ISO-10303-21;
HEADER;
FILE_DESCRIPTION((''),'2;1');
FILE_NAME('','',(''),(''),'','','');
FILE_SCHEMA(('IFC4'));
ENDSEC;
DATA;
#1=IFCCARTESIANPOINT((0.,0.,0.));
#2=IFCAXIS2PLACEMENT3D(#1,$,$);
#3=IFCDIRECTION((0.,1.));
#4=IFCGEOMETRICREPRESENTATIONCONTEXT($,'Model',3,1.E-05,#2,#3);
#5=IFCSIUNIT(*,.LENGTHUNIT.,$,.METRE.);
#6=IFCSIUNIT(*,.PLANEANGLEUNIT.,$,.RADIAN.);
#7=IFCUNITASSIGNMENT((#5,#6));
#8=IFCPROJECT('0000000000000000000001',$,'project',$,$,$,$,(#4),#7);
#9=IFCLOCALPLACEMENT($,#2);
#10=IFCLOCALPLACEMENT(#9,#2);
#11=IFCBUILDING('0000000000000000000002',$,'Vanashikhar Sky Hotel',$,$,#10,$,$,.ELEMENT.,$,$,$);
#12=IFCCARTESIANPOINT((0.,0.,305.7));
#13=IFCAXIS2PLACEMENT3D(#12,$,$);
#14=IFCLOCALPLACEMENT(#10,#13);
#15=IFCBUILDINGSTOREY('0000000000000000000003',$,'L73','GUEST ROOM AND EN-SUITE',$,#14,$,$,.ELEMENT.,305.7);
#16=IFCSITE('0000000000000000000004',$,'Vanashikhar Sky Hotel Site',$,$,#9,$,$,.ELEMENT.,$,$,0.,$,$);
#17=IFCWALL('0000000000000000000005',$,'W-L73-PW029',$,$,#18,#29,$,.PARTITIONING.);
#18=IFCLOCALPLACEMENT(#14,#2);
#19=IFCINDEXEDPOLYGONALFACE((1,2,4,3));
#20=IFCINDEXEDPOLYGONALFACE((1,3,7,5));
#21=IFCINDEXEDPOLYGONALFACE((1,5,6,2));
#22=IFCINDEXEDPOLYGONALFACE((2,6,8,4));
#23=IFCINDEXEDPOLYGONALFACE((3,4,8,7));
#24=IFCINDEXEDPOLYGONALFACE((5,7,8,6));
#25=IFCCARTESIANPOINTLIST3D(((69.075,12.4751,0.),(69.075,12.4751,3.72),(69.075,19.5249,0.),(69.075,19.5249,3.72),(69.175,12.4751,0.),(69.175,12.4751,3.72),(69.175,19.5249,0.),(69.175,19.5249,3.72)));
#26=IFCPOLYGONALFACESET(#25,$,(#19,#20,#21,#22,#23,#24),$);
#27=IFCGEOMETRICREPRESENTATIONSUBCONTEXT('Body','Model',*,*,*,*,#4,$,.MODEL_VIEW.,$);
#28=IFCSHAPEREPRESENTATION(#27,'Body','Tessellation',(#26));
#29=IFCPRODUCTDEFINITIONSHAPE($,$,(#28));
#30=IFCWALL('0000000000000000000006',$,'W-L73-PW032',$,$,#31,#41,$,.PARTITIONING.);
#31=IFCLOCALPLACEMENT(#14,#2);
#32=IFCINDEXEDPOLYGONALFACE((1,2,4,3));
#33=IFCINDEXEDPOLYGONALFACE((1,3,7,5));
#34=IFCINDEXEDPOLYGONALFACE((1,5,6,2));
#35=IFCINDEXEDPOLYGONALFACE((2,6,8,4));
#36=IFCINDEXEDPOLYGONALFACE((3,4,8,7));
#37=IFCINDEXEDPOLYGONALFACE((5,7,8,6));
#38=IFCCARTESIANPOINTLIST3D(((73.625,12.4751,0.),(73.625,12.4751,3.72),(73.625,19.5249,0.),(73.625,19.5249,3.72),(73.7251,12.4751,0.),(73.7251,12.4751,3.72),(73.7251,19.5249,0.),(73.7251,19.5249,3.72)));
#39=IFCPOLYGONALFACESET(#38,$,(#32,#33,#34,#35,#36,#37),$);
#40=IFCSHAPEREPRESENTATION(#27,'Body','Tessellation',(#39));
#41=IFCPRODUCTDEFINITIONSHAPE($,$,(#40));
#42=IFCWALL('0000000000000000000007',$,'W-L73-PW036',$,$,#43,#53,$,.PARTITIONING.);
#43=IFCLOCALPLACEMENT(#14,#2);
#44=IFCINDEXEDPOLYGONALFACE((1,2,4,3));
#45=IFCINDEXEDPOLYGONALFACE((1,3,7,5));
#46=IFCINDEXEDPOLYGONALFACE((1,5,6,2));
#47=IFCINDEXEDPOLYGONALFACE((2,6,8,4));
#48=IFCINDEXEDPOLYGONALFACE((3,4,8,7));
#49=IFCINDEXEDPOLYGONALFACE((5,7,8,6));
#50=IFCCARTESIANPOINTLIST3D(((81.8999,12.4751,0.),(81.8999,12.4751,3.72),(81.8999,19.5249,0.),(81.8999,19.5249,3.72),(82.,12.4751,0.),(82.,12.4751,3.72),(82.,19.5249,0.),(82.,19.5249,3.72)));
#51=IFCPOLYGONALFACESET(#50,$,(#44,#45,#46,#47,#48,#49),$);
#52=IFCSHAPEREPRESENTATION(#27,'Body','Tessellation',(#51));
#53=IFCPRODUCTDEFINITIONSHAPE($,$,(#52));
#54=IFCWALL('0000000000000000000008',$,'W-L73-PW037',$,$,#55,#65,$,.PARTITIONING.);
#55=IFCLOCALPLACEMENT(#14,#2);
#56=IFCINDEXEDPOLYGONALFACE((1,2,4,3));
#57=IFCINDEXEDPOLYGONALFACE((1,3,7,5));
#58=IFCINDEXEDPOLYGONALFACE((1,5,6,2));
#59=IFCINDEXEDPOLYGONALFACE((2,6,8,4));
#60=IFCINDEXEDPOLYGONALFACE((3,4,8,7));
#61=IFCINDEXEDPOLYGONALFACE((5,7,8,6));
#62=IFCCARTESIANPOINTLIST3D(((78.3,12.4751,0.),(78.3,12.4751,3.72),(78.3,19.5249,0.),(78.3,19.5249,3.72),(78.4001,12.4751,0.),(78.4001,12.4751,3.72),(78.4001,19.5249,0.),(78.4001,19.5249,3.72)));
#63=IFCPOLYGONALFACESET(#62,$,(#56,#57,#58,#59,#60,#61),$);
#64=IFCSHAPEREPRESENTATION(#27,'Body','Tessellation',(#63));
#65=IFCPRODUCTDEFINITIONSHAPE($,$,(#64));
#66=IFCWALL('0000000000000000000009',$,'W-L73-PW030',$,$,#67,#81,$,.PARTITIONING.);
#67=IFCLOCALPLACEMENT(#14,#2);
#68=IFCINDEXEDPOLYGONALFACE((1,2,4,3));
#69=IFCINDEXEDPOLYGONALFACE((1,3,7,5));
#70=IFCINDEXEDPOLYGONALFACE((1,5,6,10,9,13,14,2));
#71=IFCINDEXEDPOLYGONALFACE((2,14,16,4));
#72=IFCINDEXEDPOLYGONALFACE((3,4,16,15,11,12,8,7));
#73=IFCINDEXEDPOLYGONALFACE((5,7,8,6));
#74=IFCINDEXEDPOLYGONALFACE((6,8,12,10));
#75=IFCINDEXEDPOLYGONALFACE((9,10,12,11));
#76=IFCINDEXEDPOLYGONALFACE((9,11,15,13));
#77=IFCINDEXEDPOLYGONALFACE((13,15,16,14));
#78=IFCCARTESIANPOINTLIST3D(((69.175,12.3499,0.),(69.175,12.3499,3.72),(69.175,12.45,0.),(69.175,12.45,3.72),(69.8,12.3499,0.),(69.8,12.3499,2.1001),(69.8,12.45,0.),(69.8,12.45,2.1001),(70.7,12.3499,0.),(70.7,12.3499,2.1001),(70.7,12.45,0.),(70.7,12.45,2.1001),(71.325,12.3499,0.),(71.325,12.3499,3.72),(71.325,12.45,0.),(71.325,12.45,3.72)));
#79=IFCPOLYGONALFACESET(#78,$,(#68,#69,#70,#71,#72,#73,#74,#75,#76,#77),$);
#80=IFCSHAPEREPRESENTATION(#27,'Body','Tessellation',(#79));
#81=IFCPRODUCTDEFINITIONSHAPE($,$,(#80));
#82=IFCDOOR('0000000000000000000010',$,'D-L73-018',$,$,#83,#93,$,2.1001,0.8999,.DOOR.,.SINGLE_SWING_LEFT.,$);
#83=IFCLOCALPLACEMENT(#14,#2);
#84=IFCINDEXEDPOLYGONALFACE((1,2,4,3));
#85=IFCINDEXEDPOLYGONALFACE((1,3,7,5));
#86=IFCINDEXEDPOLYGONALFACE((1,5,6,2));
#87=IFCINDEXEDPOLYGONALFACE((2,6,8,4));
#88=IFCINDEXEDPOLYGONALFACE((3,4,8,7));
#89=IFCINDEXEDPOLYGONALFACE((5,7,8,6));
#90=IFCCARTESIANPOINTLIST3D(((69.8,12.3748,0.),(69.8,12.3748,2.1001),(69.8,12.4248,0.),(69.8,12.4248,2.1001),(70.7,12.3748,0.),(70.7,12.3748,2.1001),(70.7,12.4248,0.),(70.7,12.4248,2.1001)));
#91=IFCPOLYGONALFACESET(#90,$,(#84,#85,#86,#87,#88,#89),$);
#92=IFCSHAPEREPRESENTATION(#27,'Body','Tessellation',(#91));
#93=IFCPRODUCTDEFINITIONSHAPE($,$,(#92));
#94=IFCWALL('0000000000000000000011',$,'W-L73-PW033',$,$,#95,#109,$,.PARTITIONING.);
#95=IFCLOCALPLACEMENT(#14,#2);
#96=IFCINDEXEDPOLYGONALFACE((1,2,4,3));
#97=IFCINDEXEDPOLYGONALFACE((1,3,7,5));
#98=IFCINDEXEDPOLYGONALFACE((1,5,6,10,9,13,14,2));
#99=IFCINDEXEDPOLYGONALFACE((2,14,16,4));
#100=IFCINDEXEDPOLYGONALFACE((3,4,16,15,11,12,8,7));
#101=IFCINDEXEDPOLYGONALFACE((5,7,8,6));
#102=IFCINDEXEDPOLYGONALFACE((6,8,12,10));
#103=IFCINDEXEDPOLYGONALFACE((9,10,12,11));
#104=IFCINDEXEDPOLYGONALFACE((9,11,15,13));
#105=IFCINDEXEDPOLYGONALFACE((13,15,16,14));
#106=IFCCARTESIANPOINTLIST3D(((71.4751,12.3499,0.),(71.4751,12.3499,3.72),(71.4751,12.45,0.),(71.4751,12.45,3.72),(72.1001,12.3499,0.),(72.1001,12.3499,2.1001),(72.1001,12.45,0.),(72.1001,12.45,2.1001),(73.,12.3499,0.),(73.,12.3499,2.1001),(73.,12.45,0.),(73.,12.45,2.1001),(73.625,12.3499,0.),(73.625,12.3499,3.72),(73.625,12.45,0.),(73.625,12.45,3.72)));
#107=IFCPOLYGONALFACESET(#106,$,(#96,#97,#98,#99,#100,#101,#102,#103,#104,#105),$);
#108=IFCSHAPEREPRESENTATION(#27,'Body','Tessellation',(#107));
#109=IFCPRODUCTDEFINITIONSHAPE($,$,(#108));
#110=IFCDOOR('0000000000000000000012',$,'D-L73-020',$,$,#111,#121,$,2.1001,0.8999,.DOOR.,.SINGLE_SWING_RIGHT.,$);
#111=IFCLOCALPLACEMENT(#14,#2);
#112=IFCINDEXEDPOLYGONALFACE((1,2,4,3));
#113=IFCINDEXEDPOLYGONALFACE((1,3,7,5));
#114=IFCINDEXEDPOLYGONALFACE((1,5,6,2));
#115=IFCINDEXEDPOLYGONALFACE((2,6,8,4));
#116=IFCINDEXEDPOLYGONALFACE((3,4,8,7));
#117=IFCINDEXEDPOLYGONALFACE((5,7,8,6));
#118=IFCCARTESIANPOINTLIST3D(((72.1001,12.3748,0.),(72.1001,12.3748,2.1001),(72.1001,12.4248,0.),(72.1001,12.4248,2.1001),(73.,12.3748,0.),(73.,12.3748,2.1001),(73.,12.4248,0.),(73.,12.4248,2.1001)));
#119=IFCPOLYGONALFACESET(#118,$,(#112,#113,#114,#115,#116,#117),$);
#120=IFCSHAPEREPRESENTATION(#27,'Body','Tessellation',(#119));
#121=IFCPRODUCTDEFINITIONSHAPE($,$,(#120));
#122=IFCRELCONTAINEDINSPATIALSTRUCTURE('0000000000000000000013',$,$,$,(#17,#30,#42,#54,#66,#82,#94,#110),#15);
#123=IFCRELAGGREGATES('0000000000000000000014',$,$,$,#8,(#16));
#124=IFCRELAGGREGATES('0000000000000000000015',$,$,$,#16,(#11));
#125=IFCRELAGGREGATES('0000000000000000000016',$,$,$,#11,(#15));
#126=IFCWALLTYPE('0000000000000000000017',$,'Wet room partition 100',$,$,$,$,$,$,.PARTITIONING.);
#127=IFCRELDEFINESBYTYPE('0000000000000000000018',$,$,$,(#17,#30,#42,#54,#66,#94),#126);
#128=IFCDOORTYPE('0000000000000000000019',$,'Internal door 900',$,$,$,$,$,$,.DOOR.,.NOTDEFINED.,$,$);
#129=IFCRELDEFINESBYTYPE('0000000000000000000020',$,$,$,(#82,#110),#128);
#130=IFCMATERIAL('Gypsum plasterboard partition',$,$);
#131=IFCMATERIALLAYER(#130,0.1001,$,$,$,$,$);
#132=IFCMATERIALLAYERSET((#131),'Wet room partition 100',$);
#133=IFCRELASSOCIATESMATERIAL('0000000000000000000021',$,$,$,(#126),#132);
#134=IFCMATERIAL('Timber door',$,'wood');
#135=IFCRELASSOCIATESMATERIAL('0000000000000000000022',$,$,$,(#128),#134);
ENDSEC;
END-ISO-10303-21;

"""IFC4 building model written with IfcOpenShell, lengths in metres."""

from ifc_helpers import new_model, si_unit, direction, frame, frame_2d, origin, place, context, subcontext, project, spatial, rectangle, extrude, source, transform, mapped, material, layer, layer_set, type_object, element, fill, save


model = new_model("IFC4")

# Units and contexts
model_context = context("Model", 3, precision=1e-05, world=origin(), true_north=direction((0.0, 1.0)))
body_context = subcontext(model_context, "Body", "Model", "MODEL_VIEW")
ifc_project = project(units=[si_unit("LENGTHUNIT", "METRE"), si_unit("PLANEANGLEUNIT", "RADIAN")], contexts=[model_context])

# Site, building, storey
site_placement = place(None, origin())
site = spatial("IfcSite", under=ifc_project, at=site_placement, Name="Vanashikhar Sky Hotel Site", CompositionType="ELEMENT", RefElevation=0.0)
building_placement = place(site_placement, origin())
building = spatial("IfcBuilding", under=site, at=building_placement, Name="Vanashikhar Sky Hotel", CompositionType="ELEMENT")
storey_placement = place(building_placement, frame((0.0, 0.0, 305.7)))
storey = spatial("IfcBuildingStorey", under=building, at=storey_placement, Name="L73", Description="GUEST ROOM AND EN-SUITE", CompositionType="ELEMENT", Elevation=305.7)

# Shared definitions
ifc_material_1 = material(Name="Gypsum plasterboard partition")
ifc_layer_1 = layer(ifc_material_1, 0.1001)
ifc_layer_set_1 = layer_set([ifc_layer_1], Name="Wet room partition 100")
wall_type_1 = type_object("IfcWallType", Name="Wet room partition 100", PredefinedType="PARTITIONING", material=ifc_layer_set_1)
shared_shape_1 = source(origin(), body_context, "Body", "SweptSolid", [
    extrude(rectangle(XDim=0.8999, YDim=2.1001, at=frame_2d((0.45, 1.05))), frame((0.0, 0.0601, 0.0), z_axis=(0.0, -1.0, 0.0), x_axis=(1.0, 0.0, 0.0)), (0.0, 0.0, 1.0), 0.1201),
])
ifc_material_2 = material(Name="Timber door", Category="wood")
door_type_1 = type_object("IfcDoorType", Name="Internal door 900", OperationType="NOTDEFINED", PredefinedType="DOOR", material=ifc_material_2)
shared_shape_2 = source(origin(), body_context, "Body", "SweptSolid", [
    extrude(rectangle(XDim=0.8999, YDim=2.1001, at=frame_2d((0.45, 1.05))), frame((0.0, 0.0249, 0.0), z_axis=(0.0, -1.0, 0.0), x_axis=(1.0, 0.0, 0.0)), (0.0, 0.0, 1.0), 0.05),
])

# Walls
shared_shape_3 = source(origin(), body_context, "Body", "SweptSolid", [
    extrude(rectangle(XDim=7.0498, YDim=0.1001, at=frame_2d((3.5249, 0.0))), origin(), (0.0, 0.0, 1.0), 3.72),
])
for number, where, z_axis, x_axis, name in (
    (1, (69.125, 12.4751, 0.0), (0.0, 0.0, 1.0), (0.0, 1.0, 0.0), "W-L73-PW029"),
    (2, (73.675, 12.4751, 0.0), (0.0, 0.0, 1.0), (0.0, 1.0, 0.0), "W-L73-PW032"),
    (3, (81.95, 12.4751, 0.0), (0.0, 0.0, 1.0), (0.0, 1.0, 0.0), "W-L73-PW036"),
    (4, (78.3501, 12.4751, 0.0), (0.0, 0.0, 1.0), (0.0, 1.0, 0.0), "W-L73-PW037"),
):
    element("IfcWall", number, at=place(storey_placement, frame(where, z_axis=z_axis, x_axis=x_axis)), inside=storey, type_object=wall_type_1, Name=name, PredefinedType="PARTITIONING", context=body_context, shape_type="MappedRepresentation", body=[
        mapped(shared_shape_3, transform((0.0, 0.0, 0.0), scale=1.0)),
    ])

# Walls, openings, doors
shared_shape_4 = source(origin(), body_context, "Body", "SweptSolid", [
    extrude(rectangle(XDim=2.1499, YDim=0.1001, at=frame_2d((1.075, 0.0))), origin(), (0.0, 0.0, 1.0), 3.72),
])
wall_1_placement = place(storey_placement, frame((69.175, 12.3999, 0.0), z_axis=(0.0, 0.0, 1.0), x_axis=(1.0, 0.0, 0.0)))
wall_1 = element("IfcWall", 5, at=wall_1_placement, inside=storey, type_object=wall_type_1, Name="W-L73-PW030", PredefinedType="PARTITIONING", context=body_context, shape_type="MappedRepresentation", body=[
    mapped(shared_shape_4, transform((0.0, 0.0, 0.0), scale=1.0)),
])
opening_1_placement = place(wall_1_placement, frame((0.625, 0.0, 0.0)))
opening_1 = element("IfcOpeningElement", 6, at=opening_1_placement, cuts=wall_1, PredefinedType="OPENING", context=body_context, shape_type="MappedRepresentation", body=[
    mapped(shared_shape_1, transform((0.0, 0.0, 0.0), scale=1.0)),
])
door_1_placement = place(opening_1_placement, origin())
door_1 = element("IfcDoor", 7, at=door_1_placement, inside=storey, type_object=door_type_1, Name="D-L73-018", OperationType="SINGLE_SWING_LEFT", OverallHeight=2.1001, OverallWidth=0.8999, PredefinedType="DOOR", context=body_context, shape_type="MappedRepresentation", body=[
    mapped(shared_shape_2, transform((0.0, 0.0, 0.0), scale=1.0)),
])
fill(opening_1, door_1)
wall_2_placement = place(storey_placement, frame((71.4751, 12.3999, 0.0), z_axis=(0.0, 0.0, 1.0), x_axis=(1.0, 0.0, 0.0)))
wall_2 = element("IfcWall", 8, at=wall_2_placement, inside=storey, type_object=wall_type_1, Name="W-L73-PW033", PredefinedType="PARTITIONING", context=body_context, shape_type="MappedRepresentation", body=[
    mapped(shared_shape_4, transform((0.0, 0.0, 0.0), scale=1.0)),
])
opening_2_placement = place(wall_2_placement, frame((0.625, 0.0, 0.0)))
opening_2 = element("IfcOpeningElement", 9, at=opening_2_placement, cuts=wall_2, PredefinedType="OPENING", context=body_context, shape_type="MappedRepresentation", body=[
    mapped(shared_shape_1, transform((0.0, 0.0, 0.0), scale=1.0)),
])
door_2_placement = place(opening_2_placement, origin())
door_2 = element("IfcDoor", 10, at=door_2_placement, inside=storey, type_object=door_type_1, Name="D-L73-020", OperationType="SINGLE_SWING_RIGHT", OverallHeight=2.1001, OverallWidth=0.8999, PredefinedType="DOOR", context=body_context, shape_type="MappedRepresentation", body=[
    mapped(shared_shape_2, transform((0.0, 0.0, 0.0), scale=1.0)),
])
fill(opening_2, door_2)

save(model, "model.ifc")
